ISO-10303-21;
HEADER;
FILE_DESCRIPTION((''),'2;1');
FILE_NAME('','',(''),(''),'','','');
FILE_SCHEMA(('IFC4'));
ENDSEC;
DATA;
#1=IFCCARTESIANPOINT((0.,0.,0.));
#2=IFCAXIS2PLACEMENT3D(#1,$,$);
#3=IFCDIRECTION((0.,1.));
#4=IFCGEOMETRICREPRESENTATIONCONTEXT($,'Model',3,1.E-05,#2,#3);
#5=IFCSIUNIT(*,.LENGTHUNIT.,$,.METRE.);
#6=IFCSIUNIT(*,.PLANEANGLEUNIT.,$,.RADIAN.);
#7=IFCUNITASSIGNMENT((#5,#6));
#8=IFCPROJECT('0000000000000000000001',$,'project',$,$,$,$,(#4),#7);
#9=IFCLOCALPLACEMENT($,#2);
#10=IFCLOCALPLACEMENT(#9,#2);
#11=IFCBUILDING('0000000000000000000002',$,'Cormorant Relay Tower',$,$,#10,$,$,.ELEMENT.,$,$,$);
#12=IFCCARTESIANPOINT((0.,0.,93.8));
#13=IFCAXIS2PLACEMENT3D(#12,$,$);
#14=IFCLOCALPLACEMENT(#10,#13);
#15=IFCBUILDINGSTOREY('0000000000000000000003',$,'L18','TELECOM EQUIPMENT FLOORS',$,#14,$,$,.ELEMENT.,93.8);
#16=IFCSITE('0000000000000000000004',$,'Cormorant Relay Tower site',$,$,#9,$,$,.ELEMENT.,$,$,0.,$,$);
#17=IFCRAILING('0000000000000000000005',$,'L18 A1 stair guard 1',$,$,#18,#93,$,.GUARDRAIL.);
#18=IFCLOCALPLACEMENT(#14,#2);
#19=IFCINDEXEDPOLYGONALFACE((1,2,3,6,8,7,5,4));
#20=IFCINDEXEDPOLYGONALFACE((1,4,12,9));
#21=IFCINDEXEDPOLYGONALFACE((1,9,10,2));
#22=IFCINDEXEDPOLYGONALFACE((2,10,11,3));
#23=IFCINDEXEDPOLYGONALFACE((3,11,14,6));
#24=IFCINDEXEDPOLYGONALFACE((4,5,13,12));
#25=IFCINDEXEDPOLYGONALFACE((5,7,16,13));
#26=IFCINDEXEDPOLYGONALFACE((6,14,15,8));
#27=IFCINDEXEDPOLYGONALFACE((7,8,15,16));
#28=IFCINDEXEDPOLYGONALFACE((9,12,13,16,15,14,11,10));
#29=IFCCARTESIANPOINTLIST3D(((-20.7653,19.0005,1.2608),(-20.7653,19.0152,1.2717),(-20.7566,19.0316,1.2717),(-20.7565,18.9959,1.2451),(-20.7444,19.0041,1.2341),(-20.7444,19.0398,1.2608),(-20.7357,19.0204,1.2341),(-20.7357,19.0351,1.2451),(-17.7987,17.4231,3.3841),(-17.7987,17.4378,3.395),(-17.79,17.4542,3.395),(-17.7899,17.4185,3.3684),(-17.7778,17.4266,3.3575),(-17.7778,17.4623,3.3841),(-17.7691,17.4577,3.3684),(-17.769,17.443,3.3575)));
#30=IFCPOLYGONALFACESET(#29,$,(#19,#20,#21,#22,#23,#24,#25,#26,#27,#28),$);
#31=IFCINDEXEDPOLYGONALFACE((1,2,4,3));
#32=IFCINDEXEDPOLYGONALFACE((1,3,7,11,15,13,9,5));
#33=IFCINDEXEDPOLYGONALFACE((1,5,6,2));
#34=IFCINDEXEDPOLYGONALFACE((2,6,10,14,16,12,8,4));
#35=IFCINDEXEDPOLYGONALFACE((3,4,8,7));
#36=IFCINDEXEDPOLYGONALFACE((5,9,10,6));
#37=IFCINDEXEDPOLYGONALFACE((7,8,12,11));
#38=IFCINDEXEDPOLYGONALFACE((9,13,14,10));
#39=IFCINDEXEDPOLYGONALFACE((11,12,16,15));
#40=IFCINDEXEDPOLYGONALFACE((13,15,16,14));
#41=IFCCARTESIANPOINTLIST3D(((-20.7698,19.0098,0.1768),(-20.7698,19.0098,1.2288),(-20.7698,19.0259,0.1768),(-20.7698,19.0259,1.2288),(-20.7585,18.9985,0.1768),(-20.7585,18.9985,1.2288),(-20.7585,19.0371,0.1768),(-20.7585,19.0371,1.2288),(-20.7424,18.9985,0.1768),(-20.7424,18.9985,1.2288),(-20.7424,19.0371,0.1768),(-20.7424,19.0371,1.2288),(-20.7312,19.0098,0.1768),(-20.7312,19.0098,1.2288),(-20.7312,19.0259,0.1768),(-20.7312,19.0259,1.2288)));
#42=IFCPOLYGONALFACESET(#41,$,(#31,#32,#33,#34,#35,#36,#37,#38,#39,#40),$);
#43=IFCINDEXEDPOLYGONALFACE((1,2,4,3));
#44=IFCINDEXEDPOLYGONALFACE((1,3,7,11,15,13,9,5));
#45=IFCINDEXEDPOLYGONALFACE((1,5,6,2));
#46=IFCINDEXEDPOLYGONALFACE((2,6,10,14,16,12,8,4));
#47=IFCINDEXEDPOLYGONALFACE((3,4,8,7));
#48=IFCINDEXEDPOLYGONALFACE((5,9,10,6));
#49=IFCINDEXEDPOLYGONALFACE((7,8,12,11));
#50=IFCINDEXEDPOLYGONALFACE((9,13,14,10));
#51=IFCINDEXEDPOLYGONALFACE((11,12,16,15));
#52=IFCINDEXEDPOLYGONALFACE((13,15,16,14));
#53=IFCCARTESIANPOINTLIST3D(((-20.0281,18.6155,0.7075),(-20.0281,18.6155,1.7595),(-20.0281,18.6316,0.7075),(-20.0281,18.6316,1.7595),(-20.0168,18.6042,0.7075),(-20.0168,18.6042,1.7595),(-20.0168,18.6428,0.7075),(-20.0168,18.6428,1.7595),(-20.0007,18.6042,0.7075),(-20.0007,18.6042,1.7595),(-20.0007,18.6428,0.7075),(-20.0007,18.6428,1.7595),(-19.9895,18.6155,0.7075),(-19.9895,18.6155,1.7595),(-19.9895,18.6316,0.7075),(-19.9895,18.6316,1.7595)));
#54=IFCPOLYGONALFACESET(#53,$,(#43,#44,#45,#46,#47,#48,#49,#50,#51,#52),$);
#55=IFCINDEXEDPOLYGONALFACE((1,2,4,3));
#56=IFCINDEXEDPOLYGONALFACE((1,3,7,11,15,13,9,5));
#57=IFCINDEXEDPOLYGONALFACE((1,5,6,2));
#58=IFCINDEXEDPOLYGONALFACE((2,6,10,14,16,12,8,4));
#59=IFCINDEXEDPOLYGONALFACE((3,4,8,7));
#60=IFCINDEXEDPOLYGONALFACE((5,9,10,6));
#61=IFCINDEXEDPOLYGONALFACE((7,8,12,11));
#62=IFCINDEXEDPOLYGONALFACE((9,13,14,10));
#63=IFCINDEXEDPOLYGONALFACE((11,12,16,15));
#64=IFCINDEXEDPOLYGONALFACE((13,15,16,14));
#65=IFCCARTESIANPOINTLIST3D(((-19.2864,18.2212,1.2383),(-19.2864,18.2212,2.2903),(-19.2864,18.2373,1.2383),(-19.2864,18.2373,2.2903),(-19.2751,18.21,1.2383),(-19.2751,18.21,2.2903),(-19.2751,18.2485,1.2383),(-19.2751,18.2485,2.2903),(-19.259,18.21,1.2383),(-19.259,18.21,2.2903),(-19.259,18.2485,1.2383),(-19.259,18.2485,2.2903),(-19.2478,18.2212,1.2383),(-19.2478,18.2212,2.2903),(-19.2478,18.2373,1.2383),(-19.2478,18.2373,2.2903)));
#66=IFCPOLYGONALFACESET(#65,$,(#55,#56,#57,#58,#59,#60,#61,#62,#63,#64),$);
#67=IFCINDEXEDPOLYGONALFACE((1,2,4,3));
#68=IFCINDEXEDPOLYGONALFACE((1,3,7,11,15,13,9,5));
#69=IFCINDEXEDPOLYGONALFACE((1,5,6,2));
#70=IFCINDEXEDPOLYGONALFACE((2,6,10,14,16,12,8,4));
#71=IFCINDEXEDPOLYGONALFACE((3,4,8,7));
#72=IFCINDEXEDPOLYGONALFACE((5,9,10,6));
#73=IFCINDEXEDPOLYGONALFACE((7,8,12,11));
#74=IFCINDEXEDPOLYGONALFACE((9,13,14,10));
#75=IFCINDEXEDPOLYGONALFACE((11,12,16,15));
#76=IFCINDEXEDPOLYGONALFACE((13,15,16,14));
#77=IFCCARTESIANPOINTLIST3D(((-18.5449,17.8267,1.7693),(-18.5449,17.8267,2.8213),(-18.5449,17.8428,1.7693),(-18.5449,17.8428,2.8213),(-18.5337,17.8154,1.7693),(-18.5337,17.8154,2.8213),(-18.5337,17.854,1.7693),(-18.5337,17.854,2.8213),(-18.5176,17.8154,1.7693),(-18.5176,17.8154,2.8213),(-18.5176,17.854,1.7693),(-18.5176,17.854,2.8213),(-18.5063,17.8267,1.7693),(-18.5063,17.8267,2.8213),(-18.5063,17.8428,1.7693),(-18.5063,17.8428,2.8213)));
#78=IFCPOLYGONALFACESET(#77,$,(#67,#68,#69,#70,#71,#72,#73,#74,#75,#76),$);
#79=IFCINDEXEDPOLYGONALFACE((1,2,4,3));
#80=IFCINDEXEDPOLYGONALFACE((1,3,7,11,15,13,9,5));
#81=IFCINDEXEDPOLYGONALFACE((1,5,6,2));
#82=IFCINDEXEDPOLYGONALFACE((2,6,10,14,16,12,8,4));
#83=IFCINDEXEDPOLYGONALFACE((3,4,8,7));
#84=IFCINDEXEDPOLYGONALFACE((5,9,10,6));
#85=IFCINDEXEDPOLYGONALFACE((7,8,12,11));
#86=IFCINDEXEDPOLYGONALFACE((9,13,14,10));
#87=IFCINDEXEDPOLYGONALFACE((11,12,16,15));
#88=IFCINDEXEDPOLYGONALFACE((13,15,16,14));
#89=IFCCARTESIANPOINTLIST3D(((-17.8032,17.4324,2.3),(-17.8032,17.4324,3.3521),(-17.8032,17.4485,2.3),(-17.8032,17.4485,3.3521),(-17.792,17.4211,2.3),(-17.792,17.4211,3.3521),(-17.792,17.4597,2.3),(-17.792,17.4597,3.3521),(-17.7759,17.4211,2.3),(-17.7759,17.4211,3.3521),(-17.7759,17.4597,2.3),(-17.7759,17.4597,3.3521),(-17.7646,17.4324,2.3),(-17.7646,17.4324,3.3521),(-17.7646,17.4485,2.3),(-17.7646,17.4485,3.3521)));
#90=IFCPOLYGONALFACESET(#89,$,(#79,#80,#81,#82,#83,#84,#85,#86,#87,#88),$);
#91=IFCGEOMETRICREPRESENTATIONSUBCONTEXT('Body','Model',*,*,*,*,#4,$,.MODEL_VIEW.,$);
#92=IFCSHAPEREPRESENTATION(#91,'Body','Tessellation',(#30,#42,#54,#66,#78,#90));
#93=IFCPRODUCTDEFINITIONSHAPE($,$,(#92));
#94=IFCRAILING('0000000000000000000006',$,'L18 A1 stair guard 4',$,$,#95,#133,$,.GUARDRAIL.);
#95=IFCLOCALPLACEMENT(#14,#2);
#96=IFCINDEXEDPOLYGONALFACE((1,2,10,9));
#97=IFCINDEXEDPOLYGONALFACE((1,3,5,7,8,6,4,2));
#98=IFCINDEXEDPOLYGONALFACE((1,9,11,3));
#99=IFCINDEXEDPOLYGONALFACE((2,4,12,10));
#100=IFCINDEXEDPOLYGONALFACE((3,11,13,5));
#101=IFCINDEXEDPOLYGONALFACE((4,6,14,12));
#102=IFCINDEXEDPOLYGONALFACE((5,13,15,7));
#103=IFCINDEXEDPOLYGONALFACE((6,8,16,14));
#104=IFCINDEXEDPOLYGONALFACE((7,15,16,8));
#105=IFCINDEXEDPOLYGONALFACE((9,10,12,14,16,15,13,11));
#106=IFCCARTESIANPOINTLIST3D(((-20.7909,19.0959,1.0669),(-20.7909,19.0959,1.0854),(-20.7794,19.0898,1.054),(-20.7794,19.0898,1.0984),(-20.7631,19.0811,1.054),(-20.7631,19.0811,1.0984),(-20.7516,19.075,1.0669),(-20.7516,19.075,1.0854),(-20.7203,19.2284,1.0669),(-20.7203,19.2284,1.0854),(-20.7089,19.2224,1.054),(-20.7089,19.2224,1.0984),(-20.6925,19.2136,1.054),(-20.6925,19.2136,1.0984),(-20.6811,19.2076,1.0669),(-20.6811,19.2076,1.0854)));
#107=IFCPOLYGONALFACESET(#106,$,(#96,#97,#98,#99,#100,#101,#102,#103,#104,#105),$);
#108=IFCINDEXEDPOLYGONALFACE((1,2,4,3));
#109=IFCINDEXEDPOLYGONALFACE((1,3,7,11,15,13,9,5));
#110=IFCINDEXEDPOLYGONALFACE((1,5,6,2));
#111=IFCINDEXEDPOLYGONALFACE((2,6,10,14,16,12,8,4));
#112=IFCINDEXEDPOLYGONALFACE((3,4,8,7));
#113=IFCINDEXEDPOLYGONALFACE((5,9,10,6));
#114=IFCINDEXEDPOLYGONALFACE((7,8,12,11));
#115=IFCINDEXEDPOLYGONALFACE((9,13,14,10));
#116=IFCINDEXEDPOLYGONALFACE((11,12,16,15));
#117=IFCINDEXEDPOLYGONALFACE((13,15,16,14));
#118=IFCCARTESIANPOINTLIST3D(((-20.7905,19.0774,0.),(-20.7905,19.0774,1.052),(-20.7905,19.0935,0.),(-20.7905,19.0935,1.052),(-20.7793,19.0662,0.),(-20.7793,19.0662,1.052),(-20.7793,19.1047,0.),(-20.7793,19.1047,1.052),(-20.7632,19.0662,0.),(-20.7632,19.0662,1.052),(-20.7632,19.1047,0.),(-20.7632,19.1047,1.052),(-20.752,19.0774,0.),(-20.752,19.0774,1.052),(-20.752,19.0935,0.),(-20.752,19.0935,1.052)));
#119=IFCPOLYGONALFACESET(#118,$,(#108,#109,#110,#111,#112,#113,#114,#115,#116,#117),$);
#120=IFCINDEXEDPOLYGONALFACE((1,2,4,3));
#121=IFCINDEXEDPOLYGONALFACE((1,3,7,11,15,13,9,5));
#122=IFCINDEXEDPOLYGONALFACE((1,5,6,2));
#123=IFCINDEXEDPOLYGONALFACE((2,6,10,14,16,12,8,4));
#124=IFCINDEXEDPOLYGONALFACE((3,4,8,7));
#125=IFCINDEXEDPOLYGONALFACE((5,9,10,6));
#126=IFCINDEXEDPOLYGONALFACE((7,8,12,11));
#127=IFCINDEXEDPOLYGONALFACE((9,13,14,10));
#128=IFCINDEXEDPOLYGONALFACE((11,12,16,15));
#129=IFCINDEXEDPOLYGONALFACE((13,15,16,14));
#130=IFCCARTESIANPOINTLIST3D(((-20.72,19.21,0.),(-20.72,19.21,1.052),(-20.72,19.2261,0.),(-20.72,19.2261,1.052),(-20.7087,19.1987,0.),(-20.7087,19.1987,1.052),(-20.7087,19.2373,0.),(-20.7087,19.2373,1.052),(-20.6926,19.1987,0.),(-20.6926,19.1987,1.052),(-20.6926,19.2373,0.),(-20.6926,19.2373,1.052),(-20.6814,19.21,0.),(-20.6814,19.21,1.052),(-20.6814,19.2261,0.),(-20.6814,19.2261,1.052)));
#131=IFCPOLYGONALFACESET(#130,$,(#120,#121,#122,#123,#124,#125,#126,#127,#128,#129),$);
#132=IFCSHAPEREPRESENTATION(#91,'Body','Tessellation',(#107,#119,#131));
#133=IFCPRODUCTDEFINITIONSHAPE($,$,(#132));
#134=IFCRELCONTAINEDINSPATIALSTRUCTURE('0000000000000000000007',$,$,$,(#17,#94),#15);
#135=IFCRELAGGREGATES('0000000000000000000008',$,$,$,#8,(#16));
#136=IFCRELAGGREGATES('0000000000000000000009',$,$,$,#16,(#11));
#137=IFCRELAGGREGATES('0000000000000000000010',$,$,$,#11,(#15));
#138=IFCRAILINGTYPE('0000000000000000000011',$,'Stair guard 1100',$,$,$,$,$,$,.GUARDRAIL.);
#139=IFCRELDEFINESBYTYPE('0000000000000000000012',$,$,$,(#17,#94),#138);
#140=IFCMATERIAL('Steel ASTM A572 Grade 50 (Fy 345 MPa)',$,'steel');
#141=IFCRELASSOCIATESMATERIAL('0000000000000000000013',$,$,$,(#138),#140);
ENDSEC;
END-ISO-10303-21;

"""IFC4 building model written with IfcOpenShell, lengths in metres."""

from ifc_helpers import new_model, si_unit, direction, frame, origin, place, context, subcontext, project, spatial, polyline, outline, extrude, material, type_object, element, save


model = new_model("IFC4")

# Units and contexts
model_context = context("Model", 3, precision=1e-05, world=origin(), true_north=direction((0.0, 1.0)))
body_context = subcontext(model_context, "Body", "Model", "MODEL_VIEW")
ifc_project = project(units=[si_unit("LENGTHUNIT", "METRE"), si_unit("PLANEANGLEUNIT", "RADIAN")], contexts=[model_context])

# Site, building, storey
site_placement = place(None, origin())
site = spatial("IfcSite", under=ifc_project, at=site_placement, Name="Cormorant Relay Tower site", CompositionType="ELEMENT", RefElevation=0.0)
building_placement = place(site_placement, origin())
building = spatial("IfcBuilding", under=site, at=building_placement, Name="Cormorant Relay Tower", CompositionType="ELEMENT")
storey_placement = place(building_placement, frame((0.0, 0.0, 93.8)))
storey = spatial("IfcBuildingStorey", under=building, at=storey_placement, Name="L18", Description="TELECOM EQUIPMENT FLOORS", CompositionType="ELEMENT", Elevation=93.8)

# Railings
ifc_material_1 = material(Name="Steel ASTM A572 Grade 50 (Fy 345 MPa)", Category="steel")
railing_type_1 = type_object("IfcRailingType", Name="Stair guard 1100", PredefinedType="GUARDRAIL", material=ifc_material_1)
railing_1_placement = place(storey_placement, frame((-20.7505, 19.0178, 0.1768)))
element("IfcRailing", 1, at=railing_1_placement, inside=storey, type_object=railing_type_1, Name="L18 A1 stair guard 1", PredefinedType="GUARDRAIL", context=body_context, shape_type="SweptSolid", body=[
    extrude(outline(polyline([(0.0222, 0.0093), (0.0093, 0.0222), (-0.0093, 0.0222), (-0.0222, 0.0093), (-0.0222, -0.0093), (-0.0093, -0.0222), (0.0093, -0.0222), (0.0222, -0.0093), (0.0222, 0.0093)])), frame((0.0, 0.0, 1.0762), z_axis=(0.746389, -0.396874, 0.534223), x_axis=(0.469483, 0.882942, 0.0)), (0.0, 0.0, 1.0), 3.9746),
    extrude(outline(polyline([(0.0193, 0.0081), (0.0081, 0.0193), (-0.0081, 0.0193), (-0.0193, 0.0081), (-0.0193, -0.0081), (-0.0081, -0.0193), (0.0081, -0.0193), (0.0193, -0.0081), (0.0193, 0.0081)])), origin(), (0.0, 0.0, 1.0), 1.052),
    extrude(outline(polyline([(0.0193, 0.0081), (0.0081, 0.0193), (-0.0081, 0.0193), (-0.0193, 0.0081), (-0.0193, -0.0081), (-0.0081, -0.0193), (0.0081, -0.0193), (0.0193, -0.0081), (0.0193, 0.0081)])), frame((0.7417, -0.3943, 0.5308)), (0.0, 0.0, 1.0), 1.052),
    extrude(outline(polyline([(0.0193, 0.0081), (0.0081, 0.0193), (-0.0081, 0.0193), (-0.0193, 0.0081), (-0.0193, -0.0081), (-0.0081, -0.0193), (0.0081, -0.0193), (0.0193, -0.0081), (0.0193, 0.0081)])), frame((1.4834, -0.7886, 1.0615)), (0.0, 0.0, 1.0), 1.052),
    extrude(outline(polyline([(0.0193, 0.0081), (0.0081, 0.0193), (-0.0081, 0.0193), (-0.0193, 0.0081), (-0.0193, -0.0081), (-0.0081, -0.0193), (0.0081, -0.0193), (0.0193, -0.0081), (0.0193, 0.0081)])), frame((2.2249, -1.1831, 1.5925)), (0.0, 0.0, 1.0), 1.052),
    extrude(outline(polyline([(0.0193, 0.0081), (0.0081, 0.0193), (-0.0081, 0.0193), (-0.0193, 0.0081), (-0.0193, -0.0081), (-0.0081, -0.0193), (0.0081, -0.0193), (0.0193, -0.0081), (0.0193, 0.0081)])), frame((2.9666, -1.5774, 2.1233)), (0.0, 0.0, 1.0), 1.052),
])
railing_2_placement = place(storey_placement, frame((-20.7712, 19.0854, 0.0)))
element("IfcRailing", 2, at=railing_2_placement, inside=storey, type_object=railing_type_1, Name="L18 A1 stair guard 4", PredefinedType="GUARDRAIL", context=body_context, shape_type="SweptSolid", body=[
    extrude(outline(polyline([(0.0222, 0.0093), (0.0093, 0.0222), (-0.0093, 0.0222), (-0.0222, 0.0093), (-0.0222, -0.0093), (-0.0093, -0.0222), (0.0093, -0.0222), (0.0222, -0.0093), (0.0222, 0.0093)])), frame((0.0, 0.0, 1.0762), z_axis=(0.469829, 0.882758, 0.0), x_axis=(-0.882758, 0.469829, 0.0)), (0.0, 0.0, 1.0), 0.1501),
    extrude(outline(polyline([(0.0193, 0.0081), (0.0081, 0.0193), (-0.0081, 0.0193), (-0.0193, 0.0081), (-0.0193, -0.0081), (-0.0081, -0.0193), (0.0081, -0.0193), (0.0193, -0.0081), (0.0193, 0.0081)])), origin(), (0.0, 0.0, 1.0), 1.052),
    extrude(outline(polyline([(0.0193, 0.0081), (0.0081, 0.0193), (-0.0081, 0.0193), (-0.0193, 0.0081), (-0.0193, -0.0081), (-0.0081, -0.0193), (0.0081, -0.0193), (0.0193, -0.0081), (0.0193, 0.0081)])), frame((0.0706, 0.1326, 0.0)), (0.0, 0.0, 1.0), 1.052),
])

save(model, "model.ifc")
